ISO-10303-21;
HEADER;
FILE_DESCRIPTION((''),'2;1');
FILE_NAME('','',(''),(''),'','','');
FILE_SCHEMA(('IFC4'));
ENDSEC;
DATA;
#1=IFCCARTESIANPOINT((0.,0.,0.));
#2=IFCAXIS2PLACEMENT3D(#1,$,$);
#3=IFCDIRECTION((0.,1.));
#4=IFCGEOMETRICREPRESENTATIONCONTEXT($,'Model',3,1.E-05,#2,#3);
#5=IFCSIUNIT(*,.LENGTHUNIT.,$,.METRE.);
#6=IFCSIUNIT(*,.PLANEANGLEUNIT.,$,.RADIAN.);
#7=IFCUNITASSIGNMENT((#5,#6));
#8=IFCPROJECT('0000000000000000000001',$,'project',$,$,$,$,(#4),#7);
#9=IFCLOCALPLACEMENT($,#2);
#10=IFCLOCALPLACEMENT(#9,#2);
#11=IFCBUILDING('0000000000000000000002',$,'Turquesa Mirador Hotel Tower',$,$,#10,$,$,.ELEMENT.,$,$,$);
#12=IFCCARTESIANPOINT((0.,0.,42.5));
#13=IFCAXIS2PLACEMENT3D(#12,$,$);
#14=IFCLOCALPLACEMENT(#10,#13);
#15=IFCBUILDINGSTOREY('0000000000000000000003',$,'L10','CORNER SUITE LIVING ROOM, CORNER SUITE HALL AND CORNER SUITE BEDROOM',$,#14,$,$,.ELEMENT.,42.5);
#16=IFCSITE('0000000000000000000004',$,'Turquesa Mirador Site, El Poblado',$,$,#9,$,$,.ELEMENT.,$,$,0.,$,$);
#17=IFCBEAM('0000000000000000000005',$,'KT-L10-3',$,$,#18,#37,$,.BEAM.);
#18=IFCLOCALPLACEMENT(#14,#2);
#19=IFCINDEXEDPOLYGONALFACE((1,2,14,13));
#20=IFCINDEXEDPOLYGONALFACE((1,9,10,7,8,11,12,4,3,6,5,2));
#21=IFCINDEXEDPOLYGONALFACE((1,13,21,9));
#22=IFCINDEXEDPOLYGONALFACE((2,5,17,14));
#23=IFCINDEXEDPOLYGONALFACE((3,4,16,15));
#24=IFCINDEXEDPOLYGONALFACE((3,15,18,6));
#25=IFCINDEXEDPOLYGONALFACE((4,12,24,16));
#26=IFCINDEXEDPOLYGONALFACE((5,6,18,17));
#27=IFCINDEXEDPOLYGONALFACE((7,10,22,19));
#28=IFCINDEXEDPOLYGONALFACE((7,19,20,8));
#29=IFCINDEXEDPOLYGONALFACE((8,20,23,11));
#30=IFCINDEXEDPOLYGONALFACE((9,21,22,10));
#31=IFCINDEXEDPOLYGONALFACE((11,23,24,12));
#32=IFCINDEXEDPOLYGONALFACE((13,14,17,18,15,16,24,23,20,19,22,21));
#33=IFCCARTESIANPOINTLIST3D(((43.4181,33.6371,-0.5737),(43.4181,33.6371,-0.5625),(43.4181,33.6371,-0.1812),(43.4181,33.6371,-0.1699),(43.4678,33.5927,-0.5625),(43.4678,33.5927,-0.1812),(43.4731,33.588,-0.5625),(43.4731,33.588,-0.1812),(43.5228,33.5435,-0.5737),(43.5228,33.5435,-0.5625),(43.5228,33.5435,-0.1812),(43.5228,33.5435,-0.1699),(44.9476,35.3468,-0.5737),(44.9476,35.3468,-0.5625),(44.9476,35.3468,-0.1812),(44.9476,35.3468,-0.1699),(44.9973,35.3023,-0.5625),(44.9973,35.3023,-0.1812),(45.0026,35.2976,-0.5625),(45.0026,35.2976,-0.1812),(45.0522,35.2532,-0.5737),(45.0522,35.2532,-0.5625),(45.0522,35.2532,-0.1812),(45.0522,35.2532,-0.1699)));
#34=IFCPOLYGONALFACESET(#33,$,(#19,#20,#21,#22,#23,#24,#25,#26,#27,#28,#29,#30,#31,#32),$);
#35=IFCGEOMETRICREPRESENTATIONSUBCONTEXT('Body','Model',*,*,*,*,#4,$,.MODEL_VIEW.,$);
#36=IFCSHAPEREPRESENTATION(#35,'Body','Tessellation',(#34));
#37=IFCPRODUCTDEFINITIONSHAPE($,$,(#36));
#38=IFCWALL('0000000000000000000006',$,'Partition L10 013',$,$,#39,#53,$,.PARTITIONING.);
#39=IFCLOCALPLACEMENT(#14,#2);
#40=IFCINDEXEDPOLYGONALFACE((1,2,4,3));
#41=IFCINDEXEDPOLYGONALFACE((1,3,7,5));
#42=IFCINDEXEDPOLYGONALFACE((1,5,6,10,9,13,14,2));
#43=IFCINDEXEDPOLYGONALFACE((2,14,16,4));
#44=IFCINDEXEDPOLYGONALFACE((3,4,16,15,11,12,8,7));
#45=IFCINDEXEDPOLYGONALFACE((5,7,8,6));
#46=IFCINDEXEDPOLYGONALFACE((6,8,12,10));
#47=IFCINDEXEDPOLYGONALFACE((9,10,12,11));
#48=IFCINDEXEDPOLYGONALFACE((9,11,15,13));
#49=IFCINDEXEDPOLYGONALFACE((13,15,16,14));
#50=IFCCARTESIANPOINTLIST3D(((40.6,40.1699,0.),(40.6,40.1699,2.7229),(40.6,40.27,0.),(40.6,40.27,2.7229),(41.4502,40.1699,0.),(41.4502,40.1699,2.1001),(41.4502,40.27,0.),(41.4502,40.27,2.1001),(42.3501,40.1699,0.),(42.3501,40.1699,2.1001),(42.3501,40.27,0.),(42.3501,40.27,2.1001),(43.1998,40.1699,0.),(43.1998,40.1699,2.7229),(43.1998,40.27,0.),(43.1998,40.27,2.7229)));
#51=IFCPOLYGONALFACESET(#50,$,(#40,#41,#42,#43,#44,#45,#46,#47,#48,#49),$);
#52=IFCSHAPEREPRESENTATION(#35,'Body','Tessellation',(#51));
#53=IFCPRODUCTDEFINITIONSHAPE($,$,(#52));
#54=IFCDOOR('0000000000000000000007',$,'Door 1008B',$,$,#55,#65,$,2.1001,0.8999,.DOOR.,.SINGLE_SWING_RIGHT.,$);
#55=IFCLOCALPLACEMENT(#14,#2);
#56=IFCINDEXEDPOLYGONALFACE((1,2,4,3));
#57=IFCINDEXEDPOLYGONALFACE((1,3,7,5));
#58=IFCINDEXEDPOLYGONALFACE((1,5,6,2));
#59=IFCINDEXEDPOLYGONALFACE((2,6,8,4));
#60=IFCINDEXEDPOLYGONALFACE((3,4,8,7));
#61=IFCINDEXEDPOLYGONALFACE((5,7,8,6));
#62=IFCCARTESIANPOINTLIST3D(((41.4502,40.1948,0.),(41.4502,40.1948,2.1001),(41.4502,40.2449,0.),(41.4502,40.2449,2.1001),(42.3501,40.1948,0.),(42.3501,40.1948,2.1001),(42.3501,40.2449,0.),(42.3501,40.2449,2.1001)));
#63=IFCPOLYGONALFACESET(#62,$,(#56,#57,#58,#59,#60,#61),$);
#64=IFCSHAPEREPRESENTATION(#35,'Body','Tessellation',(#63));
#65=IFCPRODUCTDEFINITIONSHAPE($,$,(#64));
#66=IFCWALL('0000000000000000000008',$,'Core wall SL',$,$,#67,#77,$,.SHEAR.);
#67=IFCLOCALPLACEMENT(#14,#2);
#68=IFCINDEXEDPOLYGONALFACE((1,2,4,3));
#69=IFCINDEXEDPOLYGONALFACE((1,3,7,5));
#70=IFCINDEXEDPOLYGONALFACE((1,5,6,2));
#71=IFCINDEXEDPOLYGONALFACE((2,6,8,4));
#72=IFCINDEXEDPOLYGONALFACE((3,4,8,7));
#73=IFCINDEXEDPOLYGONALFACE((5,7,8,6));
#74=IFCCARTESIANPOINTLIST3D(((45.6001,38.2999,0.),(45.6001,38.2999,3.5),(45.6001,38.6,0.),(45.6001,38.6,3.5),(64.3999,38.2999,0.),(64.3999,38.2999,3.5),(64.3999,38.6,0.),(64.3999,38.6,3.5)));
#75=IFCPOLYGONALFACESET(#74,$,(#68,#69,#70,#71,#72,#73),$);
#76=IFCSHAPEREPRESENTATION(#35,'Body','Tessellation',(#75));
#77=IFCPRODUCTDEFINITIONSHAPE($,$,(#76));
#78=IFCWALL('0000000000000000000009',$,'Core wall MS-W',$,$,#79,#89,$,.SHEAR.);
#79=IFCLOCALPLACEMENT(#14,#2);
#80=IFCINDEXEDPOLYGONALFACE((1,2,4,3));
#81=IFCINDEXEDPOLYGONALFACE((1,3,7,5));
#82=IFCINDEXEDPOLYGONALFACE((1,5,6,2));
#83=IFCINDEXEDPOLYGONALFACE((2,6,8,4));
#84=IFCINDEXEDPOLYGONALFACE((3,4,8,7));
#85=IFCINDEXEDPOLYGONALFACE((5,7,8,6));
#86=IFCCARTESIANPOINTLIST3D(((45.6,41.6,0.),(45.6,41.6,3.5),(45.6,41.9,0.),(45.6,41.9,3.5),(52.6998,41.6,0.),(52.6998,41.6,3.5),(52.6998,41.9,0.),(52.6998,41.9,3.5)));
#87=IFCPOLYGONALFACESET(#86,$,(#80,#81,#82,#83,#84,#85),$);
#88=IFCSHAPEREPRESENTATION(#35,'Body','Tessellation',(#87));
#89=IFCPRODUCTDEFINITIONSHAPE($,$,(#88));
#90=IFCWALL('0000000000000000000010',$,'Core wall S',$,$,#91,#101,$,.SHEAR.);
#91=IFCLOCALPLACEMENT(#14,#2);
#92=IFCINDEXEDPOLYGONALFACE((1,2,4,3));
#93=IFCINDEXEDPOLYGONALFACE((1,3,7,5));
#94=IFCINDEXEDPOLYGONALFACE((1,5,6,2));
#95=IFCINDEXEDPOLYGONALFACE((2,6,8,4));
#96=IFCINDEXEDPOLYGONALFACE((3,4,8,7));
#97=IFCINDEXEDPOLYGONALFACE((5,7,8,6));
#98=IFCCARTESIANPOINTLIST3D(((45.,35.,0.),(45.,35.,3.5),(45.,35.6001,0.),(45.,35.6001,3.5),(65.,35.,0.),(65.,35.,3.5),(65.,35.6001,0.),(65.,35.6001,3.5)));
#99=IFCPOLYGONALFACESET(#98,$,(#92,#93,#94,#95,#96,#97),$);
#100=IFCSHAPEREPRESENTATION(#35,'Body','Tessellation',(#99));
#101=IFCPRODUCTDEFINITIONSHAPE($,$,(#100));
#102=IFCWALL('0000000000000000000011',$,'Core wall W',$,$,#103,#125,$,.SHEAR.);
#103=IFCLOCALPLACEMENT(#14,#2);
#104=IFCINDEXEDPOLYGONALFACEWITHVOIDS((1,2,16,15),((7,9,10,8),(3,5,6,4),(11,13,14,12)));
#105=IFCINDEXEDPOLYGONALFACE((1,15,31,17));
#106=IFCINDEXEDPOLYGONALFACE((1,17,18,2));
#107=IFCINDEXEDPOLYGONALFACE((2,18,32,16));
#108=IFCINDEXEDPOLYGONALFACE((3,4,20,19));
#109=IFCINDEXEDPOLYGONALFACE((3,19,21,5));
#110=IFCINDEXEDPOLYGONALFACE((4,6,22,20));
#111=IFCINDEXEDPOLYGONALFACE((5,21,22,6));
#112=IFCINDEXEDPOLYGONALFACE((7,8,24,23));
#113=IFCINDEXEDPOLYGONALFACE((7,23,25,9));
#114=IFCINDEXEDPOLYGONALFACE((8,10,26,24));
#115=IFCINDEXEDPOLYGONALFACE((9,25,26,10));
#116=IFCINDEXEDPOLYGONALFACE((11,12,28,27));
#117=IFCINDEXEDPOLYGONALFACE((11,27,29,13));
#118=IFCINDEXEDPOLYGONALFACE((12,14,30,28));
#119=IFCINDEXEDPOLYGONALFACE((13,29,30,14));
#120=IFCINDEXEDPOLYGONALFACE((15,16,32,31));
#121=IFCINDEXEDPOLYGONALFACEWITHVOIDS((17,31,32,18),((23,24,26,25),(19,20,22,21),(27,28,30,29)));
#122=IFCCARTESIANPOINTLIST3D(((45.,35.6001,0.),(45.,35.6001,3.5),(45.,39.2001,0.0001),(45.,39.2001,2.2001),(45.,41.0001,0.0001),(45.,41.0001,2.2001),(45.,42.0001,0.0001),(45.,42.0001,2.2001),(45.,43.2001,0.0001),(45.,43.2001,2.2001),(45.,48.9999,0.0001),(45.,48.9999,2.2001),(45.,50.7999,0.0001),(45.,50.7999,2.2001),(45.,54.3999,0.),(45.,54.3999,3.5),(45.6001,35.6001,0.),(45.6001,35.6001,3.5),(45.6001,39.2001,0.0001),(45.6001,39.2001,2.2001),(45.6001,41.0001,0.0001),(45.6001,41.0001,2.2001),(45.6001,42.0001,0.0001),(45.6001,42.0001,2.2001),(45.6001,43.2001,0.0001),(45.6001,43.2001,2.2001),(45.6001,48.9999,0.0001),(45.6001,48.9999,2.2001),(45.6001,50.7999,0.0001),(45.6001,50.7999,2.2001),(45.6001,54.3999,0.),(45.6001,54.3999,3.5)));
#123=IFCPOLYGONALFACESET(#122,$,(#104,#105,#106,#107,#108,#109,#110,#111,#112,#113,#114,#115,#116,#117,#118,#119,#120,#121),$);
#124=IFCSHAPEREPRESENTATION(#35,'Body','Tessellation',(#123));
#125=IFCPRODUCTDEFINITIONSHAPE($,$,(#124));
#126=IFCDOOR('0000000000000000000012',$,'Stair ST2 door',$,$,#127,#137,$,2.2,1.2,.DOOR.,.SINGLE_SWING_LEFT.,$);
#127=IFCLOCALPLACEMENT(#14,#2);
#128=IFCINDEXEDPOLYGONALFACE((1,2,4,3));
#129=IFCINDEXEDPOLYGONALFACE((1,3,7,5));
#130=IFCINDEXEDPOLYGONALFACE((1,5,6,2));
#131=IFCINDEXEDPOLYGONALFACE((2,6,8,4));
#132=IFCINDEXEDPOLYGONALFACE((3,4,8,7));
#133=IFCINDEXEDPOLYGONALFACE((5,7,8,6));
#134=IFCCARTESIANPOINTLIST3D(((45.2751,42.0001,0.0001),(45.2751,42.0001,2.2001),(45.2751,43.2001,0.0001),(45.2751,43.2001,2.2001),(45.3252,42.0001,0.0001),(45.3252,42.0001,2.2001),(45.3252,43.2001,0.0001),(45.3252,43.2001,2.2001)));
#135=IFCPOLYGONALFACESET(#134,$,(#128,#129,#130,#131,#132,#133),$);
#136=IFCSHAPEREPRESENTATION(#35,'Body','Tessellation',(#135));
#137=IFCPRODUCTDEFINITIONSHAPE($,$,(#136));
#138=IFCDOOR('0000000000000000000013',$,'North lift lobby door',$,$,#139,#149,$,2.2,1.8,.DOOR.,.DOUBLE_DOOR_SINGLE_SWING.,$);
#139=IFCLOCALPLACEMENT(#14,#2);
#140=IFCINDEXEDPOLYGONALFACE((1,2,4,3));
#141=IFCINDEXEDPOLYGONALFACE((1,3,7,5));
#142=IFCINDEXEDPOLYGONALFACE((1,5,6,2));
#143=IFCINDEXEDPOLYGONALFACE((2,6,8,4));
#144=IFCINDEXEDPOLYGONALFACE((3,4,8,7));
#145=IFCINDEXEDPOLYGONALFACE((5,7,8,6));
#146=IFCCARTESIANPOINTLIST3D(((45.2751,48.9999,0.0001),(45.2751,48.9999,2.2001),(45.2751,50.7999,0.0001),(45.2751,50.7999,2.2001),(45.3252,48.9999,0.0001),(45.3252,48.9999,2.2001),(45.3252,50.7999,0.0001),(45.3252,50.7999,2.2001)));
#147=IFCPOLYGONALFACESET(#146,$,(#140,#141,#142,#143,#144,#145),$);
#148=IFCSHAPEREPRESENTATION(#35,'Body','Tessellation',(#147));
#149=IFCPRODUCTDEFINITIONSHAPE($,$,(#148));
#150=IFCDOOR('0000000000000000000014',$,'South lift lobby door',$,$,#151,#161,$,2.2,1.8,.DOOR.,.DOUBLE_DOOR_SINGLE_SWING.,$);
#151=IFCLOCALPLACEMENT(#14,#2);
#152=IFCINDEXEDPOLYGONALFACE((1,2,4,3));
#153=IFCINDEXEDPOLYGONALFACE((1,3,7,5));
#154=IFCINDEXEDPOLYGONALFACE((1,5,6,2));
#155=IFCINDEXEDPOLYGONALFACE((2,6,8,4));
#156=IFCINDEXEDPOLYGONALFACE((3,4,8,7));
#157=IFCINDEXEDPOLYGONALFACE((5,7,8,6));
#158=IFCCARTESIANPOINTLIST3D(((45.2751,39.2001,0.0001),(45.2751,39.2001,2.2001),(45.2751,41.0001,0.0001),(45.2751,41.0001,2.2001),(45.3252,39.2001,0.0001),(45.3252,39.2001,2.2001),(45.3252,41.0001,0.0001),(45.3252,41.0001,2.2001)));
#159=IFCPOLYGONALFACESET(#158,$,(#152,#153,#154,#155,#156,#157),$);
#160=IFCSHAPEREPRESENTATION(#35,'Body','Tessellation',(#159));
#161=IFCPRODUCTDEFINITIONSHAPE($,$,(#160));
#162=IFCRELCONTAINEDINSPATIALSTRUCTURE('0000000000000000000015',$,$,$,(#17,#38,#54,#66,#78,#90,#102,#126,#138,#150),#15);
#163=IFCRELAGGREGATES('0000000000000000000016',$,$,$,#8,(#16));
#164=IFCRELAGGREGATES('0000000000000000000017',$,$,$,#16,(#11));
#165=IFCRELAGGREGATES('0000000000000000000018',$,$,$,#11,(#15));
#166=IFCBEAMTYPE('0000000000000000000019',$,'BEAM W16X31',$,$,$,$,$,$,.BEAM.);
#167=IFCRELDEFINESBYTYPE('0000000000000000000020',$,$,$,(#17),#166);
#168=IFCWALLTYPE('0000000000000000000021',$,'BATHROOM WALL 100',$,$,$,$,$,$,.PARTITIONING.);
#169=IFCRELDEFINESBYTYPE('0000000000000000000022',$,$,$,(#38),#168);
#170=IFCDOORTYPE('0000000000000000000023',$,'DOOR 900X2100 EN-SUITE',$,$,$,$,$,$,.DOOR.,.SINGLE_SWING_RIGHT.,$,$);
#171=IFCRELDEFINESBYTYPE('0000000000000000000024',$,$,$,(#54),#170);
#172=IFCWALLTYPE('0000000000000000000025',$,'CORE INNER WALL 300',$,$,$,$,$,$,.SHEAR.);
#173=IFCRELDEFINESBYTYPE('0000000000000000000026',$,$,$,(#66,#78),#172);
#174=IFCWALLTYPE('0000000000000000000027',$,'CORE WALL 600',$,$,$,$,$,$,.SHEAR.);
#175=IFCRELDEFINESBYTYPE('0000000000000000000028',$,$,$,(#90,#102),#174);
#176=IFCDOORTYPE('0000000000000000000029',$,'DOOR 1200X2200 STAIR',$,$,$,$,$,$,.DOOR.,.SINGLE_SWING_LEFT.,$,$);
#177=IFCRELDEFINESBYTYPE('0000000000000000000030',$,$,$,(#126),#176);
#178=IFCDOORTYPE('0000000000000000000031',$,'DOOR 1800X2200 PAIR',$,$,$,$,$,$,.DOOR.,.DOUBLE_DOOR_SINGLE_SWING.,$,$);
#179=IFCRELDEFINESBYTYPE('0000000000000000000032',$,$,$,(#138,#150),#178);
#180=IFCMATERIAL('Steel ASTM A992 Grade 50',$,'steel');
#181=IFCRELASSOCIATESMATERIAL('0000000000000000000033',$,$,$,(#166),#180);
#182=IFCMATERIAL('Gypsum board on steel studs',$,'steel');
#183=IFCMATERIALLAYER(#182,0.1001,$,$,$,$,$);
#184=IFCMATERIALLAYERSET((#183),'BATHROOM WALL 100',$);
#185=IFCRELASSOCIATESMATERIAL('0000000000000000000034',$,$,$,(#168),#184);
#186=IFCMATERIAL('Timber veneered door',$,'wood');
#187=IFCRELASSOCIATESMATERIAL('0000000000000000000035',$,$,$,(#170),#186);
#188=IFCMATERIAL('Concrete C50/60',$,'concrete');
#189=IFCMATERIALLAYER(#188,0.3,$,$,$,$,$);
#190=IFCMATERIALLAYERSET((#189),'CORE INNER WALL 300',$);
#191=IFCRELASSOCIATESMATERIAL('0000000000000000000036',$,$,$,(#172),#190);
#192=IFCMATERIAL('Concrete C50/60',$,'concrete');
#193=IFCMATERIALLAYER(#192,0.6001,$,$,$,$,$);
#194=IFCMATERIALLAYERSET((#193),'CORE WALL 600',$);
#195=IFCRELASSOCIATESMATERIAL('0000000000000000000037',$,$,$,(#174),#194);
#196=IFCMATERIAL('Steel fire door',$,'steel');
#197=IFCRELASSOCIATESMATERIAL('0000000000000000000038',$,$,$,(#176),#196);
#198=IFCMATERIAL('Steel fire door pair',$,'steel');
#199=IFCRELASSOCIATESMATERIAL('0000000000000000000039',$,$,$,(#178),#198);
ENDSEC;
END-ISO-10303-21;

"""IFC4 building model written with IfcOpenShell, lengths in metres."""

from ifc_helpers import new_model, si_unit, direction, frame, frame_2d, origin, origin_2d, place, context, subcontext, project, spatial, rectangle, i_section, extrude, material, layer, layer_set, material_profile, profile_set, type_object, element, fill, save


model = new_model("IFC4")

# Units and contexts
model_context = context("Model", 3, precision=1e-05, world=origin(), true_north=direction((0.0, 1.0)))
body_context = subcontext(model_context, "Body", "Model", "MODEL_VIEW")
ifc_project = project(units=[si_unit("LENGTHUNIT", "METRE"), si_unit("PLANEANGLEUNIT", "RADIAN")], contexts=[model_context])

# Site, building, storey
site_placement = place(None, origin())
site = spatial("IfcSite", under=ifc_project, at=site_placement, Name="Turquesa Mirador Site, El Poblado", CompositionType="ELEMENT", RefElevation=0.0)
building_placement = place(site_placement, origin())
building = spatial("IfcBuilding", under=site, at=building_placement, Name="Turquesa Mirador Hotel Tower", CompositionType="ELEMENT")
storey_placement = place(building_placement, frame((0.0, 0.0, 42.5)))
storey = spatial("IfcBuildingStorey", under=building, at=storey_placement, Name="L10", Description="CORNER SUITE LIVING ROOM, CORNER SUITE HALL AND CORNER SUITE BEDROOM", CompositionType="ELEMENT", Elevation=42.5)

# Beam
ifc_material_1 = material(Name="Steel ASTM A992 Grade 50", Category="steel")
ifc_material_profile = material_profile(ifc_material_1, i_section(OverallWidth=0.1404, OverallDepth=0.4038, WebThickness=0.0071, FlangeThickness=0.0112, at=origin_2d()), Name="W16X31")
ifc_profile_set = profile_set([ifc_material_profile], Name="Steel ASTM A992 Grade 50")
beam_type = type_object("IfcBeamType", Name="BEAM W16X31", PredefinedType="BEAM", material=ifc_profile_set)
beam_placement = place(storey_placement, frame((43.4705, 33.5903, -0.3718), z_axis=(0.666745, 0.745286, 0.0), x_axis=(-0.745286, 0.666745, 0.0)))
element("IfcBeam", 1, at=beam_placement, inside=storey, type_object=beam_type, Name="KT-L10-3", PredefinedType="BEAM", context=body_context, shape_type="SweptSolid", body=[
    extrude(i_section(OverallWidth=0.1404, OverallDepth=0.4038, WebThickness=0.0071, FlangeThickness=0.0112, at=origin_2d()), origin(), (0.0, 0.0, 1.0), 2.2939),
])

# Wall, opening, door
ifc_material_2 = material(Name="Gypsum board on steel studs", Category="steel")
ifc_layer_1 = layer(ifc_material_2, 0.1001)
ifc_layer_set_1 = layer_set([ifc_layer_1], Name="BATHROOM WALL 100")
wall_type_1 = type_object("IfcWallType", Name="BATHROOM WALL 100", PredefinedType="PARTITIONING", material=ifc_layer_set_1)
wall_1_placement = place(storey_placement, frame((40.6001, 40.22, 0.0), z_axis=(0.0, 0.0, 1.0), x_axis=(1.0, 0.0, 0.0)))
wall_1 = element("IfcWall", 2, at=wall_1_placement, inside=storey, type_object=wall_type_1, Name="Partition L10 013", PredefinedType="PARTITIONING", context=body_context, shape_type="SweptSolid", body=[
    extrude(rectangle(XDim=2.5999, YDim=0.1001, at=frame_2d((1.2998, 0.0))), origin(), (0.0, 0.0, 1.0), 2.7229),
])
opening_1_placement = place(wall_1_placement, frame((0.8501, 0.0, 0.0)))
opening_1 = element("IfcOpeningElement", 3, at=opening_1_placement, cuts=wall_1, PredefinedType="OPENING", context=body_context, shape_type="SweptSolid", body=[
    extrude(rectangle(XDim=0.8999, YDim=2.1001, at=frame_2d((0.45, 1.05))), frame((0.0, 0.0601, 0.0), z_axis=(0.0, -1.0, 0.0), x_axis=(1.0, 0.0, 0.0)), (0.0, 0.0, 1.0), 0.1201),
])
ifc_material_3 = material(Name="Timber veneered door", Category="wood")
door_type_1 = type_object("IfcDoorType", Name="DOOR 900X2100 EN-SUITE", OperationType="SINGLE_SWING_RIGHT", PredefinedType="DOOR", material=ifc_material_3)
door_1_placement = place(opening_1_placement, origin())
door_1 = element("IfcDoor", 4, at=door_1_placement, inside=storey, type_object=door_type_1, Name="Door 1008B", OperationType="SINGLE_SWING_RIGHT", OverallHeight=2.1001, OverallWidth=0.8999, PredefinedType="DOOR", context=body_context, shape_type="SweptSolid", body=[
    extrude(rectangle(XDim=0.8999, YDim=2.1001, at=frame_2d((0.45, 1.05))), frame((0.0, 0.0249, 0.0), z_axis=(0.0, -1.0, 0.0), x_axis=(1.0, 0.0, 0.0)), (0.0, 0.0, 1.0), 0.05),
])
fill(opening_1, door_1)

# Walls
ifc_material_4 = material(Name="Concrete C50/60", Category="concrete")
ifc_layer_2 = layer(ifc_material_4, 0.3)
ifc_layer_set_2 = layer_set([ifc_layer_2], Name="CORE INNER WALL 300")
wall_type_2 = type_object("IfcWallType", Name="CORE INNER WALL 300", PredefinedType="SHEAR", material=ifc_layer_set_2)
wall_2_placement = place(storey_placement, frame((45.6001, 38.45, 0.0), z_axis=(0.0, 0.0, 1.0), x_axis=(1.0, 0.0, 0.0)))
element("IfcWall", 5, at=wall_2_placement, inside=storey, type_object=wall_type_2, Name="Core wall SL", PredefinedType="SHEAR", context=body_context, shape_type="SweptSolid", body=[
    extrude(rectangle(XDim=18.7998, YDim=0.3, at=frame_2d((9.3999, 0.0))), origin(), (0.0, 0.0, 1.0), 3.5),
])
wall_3_placement = place(storey_placement, frame((45.6001, 41.75, 0.0), z_axis=(0.0, 0.0, 1.0), x_axis=(1.0, 0.0, 0.0)))
element("IfcWall", 6, at=wall_3_placement, inside=storey, type_object=wall_type_2, Name="Core wall MS-W", PredefinedType="SHEAR", context=body_context, shape_type="SweptSolid", body=[
    extrude(rectangle(XDim=7.0999, YDim=0.3, at=frame_2d((3.5498, 0.0))), origin(), (0.0, 0.0, 1.0), 3.5),
])
ifc_material_5 = material(Name="Concrete C50/60", Category="concrete")
ifc_layer_3 = layer(ifc_material_5, 0.6001)
ifc_layer_set_3 = layer_set([ifc_layer_3], Name="CORE WALL 600")
wall_type_3 = type_object("IfcWallType", Name="CORE WALL 600", PredefinedType="SHEAR", material=ifc_layer_set_3)
wall_4_placement = place(storey_placement, frame((45.0, 35.3, 0.0), z_axis=(0.0, 0.0, 1.0), x_axis=(1.0, 0.0, 0.0)))
element("IfcWall", 7, at=wall_4_placement, inside=storey, type_object=wall_type_3, Name="Core wall S", PredefinedType="SHEAR", context=body_context, shape_type="SweptSolid", body=[
    extrude(rectangle(XDim=20.0, YDim=0.6001, at=frame_2d((10.0, 0.0))), origin(), (0.0, 0.0, 1.0), 3.5),
])

# Wall, openings, doors
wall_5_placement = place(storey_placement, frame((45.3, 35.6001, 0.0), z_axis=(0.0, 0.0, 1.0), x_axis=(0.0, 1.0, 0.0)))
wall_5 = element("IfcWall", 8, at=wall_5_placement, inside=storey, type_object=wall_type_3, Name="Core wall W", PredefinedType="SHEAR", context=body_context, shape_type="SweptSolid", body=[
    extrude(rectangle(XDim=18.7998, YDim=0.6001, at=frame_2d((9.3999, 0.0))), origin(), (0.0, 0.0, 1.0), 3.5),
])
opening_2_placement = place(wall_5_placement, frame((13.3999, 0.0, 0.0)))
opening_2 = element("IfcOpeningElement", 9, at=opening_2_placement, cuts=wall_5, PredefinedType="OPENING", context=body_context, shape_type="SweptSolid", body=[
    extrude(rectangle(XDim=1.8, YDim=2.2, at=frame_2d((0.8999, 1.1001))), frame((0.0, 0.3101, 0.0), z_axis=(0.0, -1.0, 0.0), x_axis=(1.0, 0.0, 0.0)), (0.0, 0.0, 1.0), 0.6201),
])
opening_3_placement = place(wall_5_placement, frame((3.6001, 0.0, 0.0)))
opening_3 = element("IfcOpeningElement", 10, at=opening_3_placement, cuts=wall_5, PredefinedType="OPENING", context=body_context, shape_type="SweptSolid", body=[
    extrude(rectangle(XDim=1.8, YDim=2.2, at=frame_2d((0.8999, 1.1001))), frame((0.0, 0.3101, 0.0), z_axis=(0.0, -1.0, 0.0), x_axis=(1.0, 0.0, 0.0)), (0.0, 0.0, 1.0), 0.6201),
])
opening_4_placement = place(wall_5_placement, frame((6.3999, 0.0, 0.0)))
opening_4 = element("IfcOpeningElement", 11, at=opening_4_placement, cuts=wall_5, PredefinedType="OPENING", context=body_context, shape_type="SweptSolid", body=[
    extrude(rectangle(XDim=1.2, YDim=2.2, at=frame_2d((0.6001, 1.1001))), frame((0.0, 0.3101, 0.0), z_axis=(0.0, -1.0, 0.0), x_axis=(1.0, 0.0, 0.0)), (0.0, 0.0, 1.0), 0.6201),
])
ifc_material_6 = material(Name="Steel fire door", Category="steel")
door_type_2 = type_object("IfcDoorType", Name="DOOR 1200X2200 STAIR", OperationType="SINGLE_SWING_LEFT", PredefinedType="DOOR", material=ifc_material_6)
door_2_placement = place(opening_4_placement, origin())
door_2 = element("IfcDoor", 12, at=door_2_placement, inside=storey, type_object=door_type_2, Name="Stair ST2 door", OperationType="SINGLE_SWING_LEFT", OverallHeight=2.2, OverallWidth=1.2, PredefinedType="DOOR", context=body_context, shape_type="SweptSolid", body=[
    extrude(rectangle(XDim=1.2, YDim=2.2, at=frame_2d((0.6001, 1.1001))), frame((0.0, 0.0249, 0.0), z_axis=(0.0, -1.0, 0.0), x_axis=(1.0, 0.0, 0.0)), (0.0, 0.0, 1.0), 0.05),
])
fill(opening_4, door_2)
ifc_material_7 = material(Name="Steel fire door pair", Category="steel")
door_type_3 = type_object("IfcDoorType", Name="DOOR 1800X2200 PAIR", OperationType="DOUBLE_DOOR_SINGLE_SWING", PredefinedType="DOOR", material=ifc_material_7)
door_3_placement = place(opening_2_placement, origin())
door_3 = element("IfcDoor", 13, at=door_3_placement, inside=storey, type_object=door_type_3, Name="North lift lobby door", OperationType="DOUBLE_DOOR_SINGLE_SWING", OverallHeight=2.2, OverallWidth=1.8, PredefinedType="DOOR", context=body_context, shape_type="SweptSolid", body=[
    extrude(rectangle(XDim=1.8, YDim=2.2, at=frame_2d((0.8999, 1.1001))), frame((0.0, 0.0249, 0.0), z_axis=(0.0, -1.0, 0.0), x_axis=(1.0, 0.0, 0.0)), (0.0, 0.0, 1.0), 0.05),
])
fill(opening_2, door_3)
door_4_placement = place(opening_3_placement, origin())
door_4 = element("IfcDoor", 14, at=door_4_placement, inside=storey, type_object=door_type_3, Name="South lift lobby door", OperationType="DOUBLE_DOOR_SINGLE_SWING", OverallHeight=2.2, OverallWidth=1.8, PredefinedType="DOOR", context=body_context, shape_type="SweptSolid", body=[
    extrude(rectangle(XDim=1.8, YDim=2.2, at=frame_2d((0.8999, 1.1001))), frame((0.0, 0.0249, 0.0), z_axis=(0.0, -1.0, 0.0), x_axis=(1.0, 0.0, 0.0)), (0.0, 0.0, 1.0), 0.05),
])
fill(opening_3, door_4)

save(model, "model.ifc")
